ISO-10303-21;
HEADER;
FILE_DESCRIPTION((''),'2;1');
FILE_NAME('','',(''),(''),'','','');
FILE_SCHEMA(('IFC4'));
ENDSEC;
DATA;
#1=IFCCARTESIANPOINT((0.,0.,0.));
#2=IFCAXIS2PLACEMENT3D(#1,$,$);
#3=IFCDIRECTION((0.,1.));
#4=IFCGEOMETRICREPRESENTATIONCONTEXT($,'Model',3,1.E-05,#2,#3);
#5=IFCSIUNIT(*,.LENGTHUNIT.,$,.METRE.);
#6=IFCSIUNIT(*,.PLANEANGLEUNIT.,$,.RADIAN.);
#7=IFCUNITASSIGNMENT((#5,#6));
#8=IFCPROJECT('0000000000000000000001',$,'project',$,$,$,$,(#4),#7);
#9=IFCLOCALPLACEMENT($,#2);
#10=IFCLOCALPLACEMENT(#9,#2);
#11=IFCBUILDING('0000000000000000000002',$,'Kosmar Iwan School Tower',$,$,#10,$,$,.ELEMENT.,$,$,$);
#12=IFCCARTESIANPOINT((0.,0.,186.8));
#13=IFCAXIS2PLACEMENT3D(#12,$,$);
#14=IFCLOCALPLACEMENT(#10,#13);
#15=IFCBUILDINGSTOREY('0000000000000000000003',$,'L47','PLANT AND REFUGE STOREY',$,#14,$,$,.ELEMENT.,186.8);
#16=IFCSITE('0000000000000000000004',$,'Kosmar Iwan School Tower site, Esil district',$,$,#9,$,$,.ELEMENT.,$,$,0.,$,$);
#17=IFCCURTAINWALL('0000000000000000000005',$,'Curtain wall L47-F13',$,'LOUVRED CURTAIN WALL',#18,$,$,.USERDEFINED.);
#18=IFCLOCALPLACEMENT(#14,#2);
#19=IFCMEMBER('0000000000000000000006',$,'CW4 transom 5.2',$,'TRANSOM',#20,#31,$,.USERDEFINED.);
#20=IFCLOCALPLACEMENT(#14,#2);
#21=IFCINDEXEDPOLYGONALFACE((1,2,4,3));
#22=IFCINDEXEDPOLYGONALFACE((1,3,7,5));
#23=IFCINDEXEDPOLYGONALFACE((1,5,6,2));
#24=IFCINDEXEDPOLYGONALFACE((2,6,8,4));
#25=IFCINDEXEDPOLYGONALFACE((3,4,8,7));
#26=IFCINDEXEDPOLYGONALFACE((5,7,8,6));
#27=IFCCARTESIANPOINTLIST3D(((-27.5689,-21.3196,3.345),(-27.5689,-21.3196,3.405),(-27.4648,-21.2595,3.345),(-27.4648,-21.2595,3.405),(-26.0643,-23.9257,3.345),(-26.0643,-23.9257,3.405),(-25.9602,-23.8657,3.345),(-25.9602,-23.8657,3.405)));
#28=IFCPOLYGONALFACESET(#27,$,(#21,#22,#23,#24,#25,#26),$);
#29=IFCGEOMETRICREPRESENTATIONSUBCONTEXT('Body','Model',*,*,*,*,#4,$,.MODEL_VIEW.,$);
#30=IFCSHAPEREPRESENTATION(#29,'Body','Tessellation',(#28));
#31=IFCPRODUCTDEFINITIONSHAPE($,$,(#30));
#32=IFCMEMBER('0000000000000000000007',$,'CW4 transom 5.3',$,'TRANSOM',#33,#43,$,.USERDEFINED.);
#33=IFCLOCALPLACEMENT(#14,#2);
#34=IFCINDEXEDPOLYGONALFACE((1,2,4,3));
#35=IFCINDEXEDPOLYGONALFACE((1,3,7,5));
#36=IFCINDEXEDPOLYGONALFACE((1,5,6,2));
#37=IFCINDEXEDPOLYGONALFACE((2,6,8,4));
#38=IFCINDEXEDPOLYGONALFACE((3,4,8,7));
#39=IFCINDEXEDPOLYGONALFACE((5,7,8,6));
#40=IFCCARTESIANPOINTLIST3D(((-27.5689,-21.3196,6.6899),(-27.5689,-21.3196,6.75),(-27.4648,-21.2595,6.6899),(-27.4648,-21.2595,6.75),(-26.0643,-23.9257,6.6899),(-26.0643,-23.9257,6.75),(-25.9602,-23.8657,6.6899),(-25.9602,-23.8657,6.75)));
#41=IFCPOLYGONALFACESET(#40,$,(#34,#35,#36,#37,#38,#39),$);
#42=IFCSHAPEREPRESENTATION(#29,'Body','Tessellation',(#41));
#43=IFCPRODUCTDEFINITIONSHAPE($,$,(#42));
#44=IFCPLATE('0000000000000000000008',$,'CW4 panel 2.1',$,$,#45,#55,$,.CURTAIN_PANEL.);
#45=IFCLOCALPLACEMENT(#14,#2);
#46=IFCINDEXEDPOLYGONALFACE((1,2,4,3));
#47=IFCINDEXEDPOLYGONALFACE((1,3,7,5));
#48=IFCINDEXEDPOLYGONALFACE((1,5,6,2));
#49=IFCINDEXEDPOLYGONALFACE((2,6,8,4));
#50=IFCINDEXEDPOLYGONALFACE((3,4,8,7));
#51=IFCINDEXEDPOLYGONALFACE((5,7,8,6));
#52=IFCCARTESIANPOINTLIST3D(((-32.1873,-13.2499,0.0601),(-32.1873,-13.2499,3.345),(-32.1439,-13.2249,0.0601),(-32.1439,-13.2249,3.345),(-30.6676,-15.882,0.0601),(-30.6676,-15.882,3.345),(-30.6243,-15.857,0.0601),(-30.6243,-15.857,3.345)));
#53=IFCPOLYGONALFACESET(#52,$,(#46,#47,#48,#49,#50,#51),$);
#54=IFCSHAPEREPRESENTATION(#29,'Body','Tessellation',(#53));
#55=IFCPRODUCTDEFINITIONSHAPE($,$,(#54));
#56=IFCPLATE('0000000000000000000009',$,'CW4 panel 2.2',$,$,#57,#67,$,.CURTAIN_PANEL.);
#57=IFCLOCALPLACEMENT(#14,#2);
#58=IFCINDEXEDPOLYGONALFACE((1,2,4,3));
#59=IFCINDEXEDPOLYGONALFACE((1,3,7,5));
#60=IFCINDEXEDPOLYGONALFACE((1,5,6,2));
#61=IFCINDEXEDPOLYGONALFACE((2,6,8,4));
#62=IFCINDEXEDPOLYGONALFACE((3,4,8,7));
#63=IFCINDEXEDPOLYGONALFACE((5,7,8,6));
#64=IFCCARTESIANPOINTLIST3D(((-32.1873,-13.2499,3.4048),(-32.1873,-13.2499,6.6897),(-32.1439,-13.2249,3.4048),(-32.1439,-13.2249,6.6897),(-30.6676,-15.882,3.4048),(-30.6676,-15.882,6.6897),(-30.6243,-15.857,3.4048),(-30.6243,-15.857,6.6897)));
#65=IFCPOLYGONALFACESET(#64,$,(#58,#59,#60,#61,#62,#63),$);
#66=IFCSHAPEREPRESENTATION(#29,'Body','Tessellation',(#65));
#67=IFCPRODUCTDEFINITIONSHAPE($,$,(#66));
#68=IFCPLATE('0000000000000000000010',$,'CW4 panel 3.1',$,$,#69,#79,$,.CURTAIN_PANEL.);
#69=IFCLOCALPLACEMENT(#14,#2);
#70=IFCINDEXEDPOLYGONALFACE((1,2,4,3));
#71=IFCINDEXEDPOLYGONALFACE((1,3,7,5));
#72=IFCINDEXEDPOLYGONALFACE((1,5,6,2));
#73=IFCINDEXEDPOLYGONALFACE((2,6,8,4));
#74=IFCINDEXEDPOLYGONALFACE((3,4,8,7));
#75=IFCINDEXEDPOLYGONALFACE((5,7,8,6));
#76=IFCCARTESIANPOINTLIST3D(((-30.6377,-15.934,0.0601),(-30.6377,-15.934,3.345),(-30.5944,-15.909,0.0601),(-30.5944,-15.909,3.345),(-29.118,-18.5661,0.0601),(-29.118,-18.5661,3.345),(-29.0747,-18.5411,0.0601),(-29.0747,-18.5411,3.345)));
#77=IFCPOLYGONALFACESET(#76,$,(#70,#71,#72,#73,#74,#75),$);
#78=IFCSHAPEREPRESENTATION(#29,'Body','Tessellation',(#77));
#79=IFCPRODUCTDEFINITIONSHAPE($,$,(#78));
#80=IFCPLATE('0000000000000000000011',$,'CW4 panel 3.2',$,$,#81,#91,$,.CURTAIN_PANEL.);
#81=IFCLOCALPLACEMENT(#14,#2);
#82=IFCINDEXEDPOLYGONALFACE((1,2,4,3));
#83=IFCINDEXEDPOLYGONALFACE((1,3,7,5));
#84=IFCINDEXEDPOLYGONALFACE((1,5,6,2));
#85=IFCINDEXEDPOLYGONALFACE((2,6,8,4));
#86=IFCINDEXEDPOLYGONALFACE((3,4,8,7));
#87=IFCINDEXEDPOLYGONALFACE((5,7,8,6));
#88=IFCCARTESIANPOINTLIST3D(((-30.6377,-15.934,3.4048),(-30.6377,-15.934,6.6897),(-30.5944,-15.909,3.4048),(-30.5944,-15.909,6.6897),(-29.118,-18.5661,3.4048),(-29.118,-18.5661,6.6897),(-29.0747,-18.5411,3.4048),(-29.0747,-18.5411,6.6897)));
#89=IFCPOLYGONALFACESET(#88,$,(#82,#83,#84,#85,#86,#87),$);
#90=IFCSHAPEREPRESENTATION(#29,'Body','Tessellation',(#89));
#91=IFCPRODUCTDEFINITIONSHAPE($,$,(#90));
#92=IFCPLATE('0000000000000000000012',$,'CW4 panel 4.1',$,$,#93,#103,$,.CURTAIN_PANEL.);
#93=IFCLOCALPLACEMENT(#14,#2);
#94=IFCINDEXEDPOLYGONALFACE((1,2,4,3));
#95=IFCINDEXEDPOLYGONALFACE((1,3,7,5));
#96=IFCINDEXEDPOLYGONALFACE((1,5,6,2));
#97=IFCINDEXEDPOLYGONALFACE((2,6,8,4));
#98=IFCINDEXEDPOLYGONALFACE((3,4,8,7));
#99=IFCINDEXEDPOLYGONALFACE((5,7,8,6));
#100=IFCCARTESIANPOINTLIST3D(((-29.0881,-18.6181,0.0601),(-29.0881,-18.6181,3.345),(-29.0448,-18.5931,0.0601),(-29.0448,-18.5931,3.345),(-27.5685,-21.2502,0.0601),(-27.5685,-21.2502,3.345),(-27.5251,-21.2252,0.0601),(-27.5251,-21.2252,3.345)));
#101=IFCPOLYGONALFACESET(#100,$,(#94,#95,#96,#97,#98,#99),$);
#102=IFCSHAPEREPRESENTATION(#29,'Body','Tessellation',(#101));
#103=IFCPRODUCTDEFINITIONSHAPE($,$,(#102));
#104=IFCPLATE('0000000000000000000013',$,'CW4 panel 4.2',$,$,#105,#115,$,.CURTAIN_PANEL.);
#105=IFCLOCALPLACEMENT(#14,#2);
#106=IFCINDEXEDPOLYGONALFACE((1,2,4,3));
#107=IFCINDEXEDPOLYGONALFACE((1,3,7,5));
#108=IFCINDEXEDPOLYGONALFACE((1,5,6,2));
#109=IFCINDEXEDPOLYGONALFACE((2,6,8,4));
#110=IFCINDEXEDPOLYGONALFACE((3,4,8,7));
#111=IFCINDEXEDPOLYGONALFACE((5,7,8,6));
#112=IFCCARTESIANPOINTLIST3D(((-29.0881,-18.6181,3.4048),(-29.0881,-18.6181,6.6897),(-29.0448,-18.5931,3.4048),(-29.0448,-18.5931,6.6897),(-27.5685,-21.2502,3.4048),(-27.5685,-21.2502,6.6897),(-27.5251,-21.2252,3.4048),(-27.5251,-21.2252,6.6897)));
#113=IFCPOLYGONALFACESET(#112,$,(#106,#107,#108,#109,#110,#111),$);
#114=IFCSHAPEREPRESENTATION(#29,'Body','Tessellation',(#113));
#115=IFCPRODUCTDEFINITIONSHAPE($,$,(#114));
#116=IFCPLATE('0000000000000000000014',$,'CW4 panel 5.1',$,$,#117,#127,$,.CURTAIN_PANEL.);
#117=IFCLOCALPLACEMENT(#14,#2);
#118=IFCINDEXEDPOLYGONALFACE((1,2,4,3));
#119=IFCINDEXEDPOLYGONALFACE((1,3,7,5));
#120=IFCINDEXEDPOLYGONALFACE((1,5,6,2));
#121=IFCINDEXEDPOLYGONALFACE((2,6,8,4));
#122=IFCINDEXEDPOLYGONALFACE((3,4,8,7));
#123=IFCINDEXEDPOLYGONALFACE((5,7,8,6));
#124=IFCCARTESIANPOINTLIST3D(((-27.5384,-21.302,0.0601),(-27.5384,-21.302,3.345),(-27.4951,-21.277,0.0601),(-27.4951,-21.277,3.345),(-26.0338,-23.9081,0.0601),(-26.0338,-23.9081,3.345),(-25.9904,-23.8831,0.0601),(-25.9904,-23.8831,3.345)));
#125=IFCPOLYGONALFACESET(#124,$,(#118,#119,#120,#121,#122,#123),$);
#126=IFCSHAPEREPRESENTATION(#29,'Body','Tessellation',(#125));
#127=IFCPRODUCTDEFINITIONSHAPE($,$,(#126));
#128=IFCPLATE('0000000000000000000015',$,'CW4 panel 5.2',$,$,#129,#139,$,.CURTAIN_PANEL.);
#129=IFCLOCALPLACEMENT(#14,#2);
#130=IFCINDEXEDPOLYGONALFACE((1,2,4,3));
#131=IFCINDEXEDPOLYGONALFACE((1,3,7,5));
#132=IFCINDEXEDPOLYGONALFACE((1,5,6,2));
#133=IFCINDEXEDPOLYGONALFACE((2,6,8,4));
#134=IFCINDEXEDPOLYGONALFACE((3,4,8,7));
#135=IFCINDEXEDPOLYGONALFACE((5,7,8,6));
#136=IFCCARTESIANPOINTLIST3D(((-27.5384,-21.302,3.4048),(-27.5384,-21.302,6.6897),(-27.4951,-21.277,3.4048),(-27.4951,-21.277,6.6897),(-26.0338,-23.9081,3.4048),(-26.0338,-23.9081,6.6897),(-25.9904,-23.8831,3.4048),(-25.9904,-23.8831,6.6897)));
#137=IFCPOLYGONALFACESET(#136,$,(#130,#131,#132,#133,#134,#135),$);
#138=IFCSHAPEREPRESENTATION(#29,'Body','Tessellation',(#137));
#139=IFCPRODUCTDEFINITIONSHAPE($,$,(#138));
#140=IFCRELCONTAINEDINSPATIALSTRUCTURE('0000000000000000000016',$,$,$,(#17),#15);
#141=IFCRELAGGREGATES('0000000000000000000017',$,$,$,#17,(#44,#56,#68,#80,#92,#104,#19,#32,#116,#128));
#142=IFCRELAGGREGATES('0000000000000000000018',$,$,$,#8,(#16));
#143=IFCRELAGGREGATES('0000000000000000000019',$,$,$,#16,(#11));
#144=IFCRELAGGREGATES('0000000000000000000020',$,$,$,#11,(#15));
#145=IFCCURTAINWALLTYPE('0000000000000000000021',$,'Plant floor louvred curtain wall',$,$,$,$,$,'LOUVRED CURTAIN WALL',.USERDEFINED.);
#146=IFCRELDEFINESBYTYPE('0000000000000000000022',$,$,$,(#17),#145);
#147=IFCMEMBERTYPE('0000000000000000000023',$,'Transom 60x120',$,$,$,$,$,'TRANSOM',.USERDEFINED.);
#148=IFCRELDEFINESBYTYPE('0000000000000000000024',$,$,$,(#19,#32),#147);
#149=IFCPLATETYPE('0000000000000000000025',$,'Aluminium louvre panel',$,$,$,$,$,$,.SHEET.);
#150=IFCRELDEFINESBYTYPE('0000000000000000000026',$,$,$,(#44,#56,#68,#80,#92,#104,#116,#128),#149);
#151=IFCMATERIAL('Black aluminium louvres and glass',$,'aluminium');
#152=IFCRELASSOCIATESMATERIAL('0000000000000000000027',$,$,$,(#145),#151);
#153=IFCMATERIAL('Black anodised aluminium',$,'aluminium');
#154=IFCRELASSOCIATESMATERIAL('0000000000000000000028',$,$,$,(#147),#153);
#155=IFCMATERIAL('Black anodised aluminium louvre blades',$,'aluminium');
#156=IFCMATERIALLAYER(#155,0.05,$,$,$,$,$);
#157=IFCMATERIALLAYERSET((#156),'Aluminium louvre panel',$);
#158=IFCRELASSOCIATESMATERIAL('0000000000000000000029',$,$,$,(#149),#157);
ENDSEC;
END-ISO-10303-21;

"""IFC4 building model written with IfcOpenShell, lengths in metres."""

from ifc_helpers import new_model, si_unit, direction, frame, origin, origin_2d, place, context, subcontext, project, spatial, rectangle, extrude, material, layer, layer_set, material_profile, profile_set, type_object, element, aggregate, save


model = new_model("IFC4")

# Units and contexts
model_context = context("Model", 3, precision=1e-05, world=origin(), true_north=direction((0.0, 1.0)))
body_context = subcontext(model_context, "Body", "Model", "MODEL_VIEW")
ifc_project = project(units=[si_unit("LENGTHUNIT", "METRE"), si_unit("PLANEANGLEUNIT", "RADIAN")], contexts=[model_context])

# Site, building, storey
site_placement = place(None, origin())
site = spatial("IfcSite", under=ifc_project, at=site_placement, Name="Kosmar Iwan School Tower site, Esil district", CompositionType="ELEMENT", RefElevation=0.0)
building_placement = place(site_placement, origin())
building = spatial("IfcBuilding", under=site, at=building_placement, Name="Kosmar Iwan School Tower", CompositionType="ELEMENT")
storey_placement = place(building_placement, frame((0.0, 0.0, 186.8)))
storey = spatial("IfcBuildingStorey", under=building, at=storey_placement, Name="L47", Description="PLANT AND REFUGE STOREY", CompositionType="ELEMENT", Elevation=186.8)

# Curtain wall
ifc_material_1 = material(Name="Black aluminium louvres and glass", Category="aluminium")
curtain_wall_type_1 = type_object("IfcCurtainWallType", Name="Plant floor louvred curtain wall", ElementType="LOUVRED CURTAIN WALL", PredefinedType="USERDEFINED", material=ifc_material_1)
curtain_wall_1_placement = place(storey_placement, origin())
curtain_wall_1 = element("IfcCurtainWall", 1, at=curtain_wall_1_placement, inside=storey, type_object=curtain_wall_type_1, Name="Curtain wall L47-F13", ObjectType="LOUVRED CURTAIN WALL", PredefinedType="USERDEFINED")

# Members
ifc_material_2 = material(Name="Black anodised aluminium", Category="aluminium")
ifc_material_profile_1 = material_profile(ifc_material_2, rectangle(XDim=0.1201, YDim=0.0601, at=origin_2d()), Name="TRANSOM 60x120")
ifc_profile_set_1 = profile_set([ifc_material_profile_1], Name="Black anodised aluminium")
member_type_1 = type_object("IfcMemberType", Name="Transom 60x120", ElementType="TRANSOM", PredefinedType="USERDEFINED", material=ifc_profile_set_1)
member_1_placement = place(storey_placement, frame((-27.5168, -21.2896, 3.375), z_axis=(0.499987, -0.866033, 0.0), x_axis=(0.866033, 0.499987, 0.0)))
member_1 = element("IfcMember", 2, at=member_1_placement, type_object=member_type_1, Name="CW4 transom 5.2", ObjectType="TRANSOM", PredefinedType="USERDEFINED", context=body_context, shape_type="SweptSolid", body=[
    extrude(rectangle(XDim=0.1201, YDim=0.0601, at=origin_2d()), origin(), (0.0, 0.0, 1.0), 3.0093),
])
member_2_placement = place(storey_placement, frame((-27.5168, -21.2896, 6.72), z_axis=(0.499987, -0.866033, 0.0), x_axis=(0.866033, 0.499987, 0.0)))
member_2 = element("IfcMember", 3, at=member_2_placement, type_object=member_type_1, Name="CW4 transom 5.3", ObjectType="TRANSOM", PredefinedType="USERDEFINED", context=body_context, shape_type="SweptSolid", body=[
    extrude(rectangle(XDim=0.1201, YDim=0.0601, at=origin_2d()), origin(), (0.0, 0.0, 1.0), 3.0093),
])

# Plates
ifc_material_3 = material(Name="Black anodised aluminium louvre blades", Category="aluminium")
ifc_layer = layer(ifc_material_3, 0.05)
ifc_layer_set = layer_set([ifc_layer], Name="Aluminium louvre panel")
plate_type = type_object("IfcPlateType", Name="Aluminium louvre panel", PredefinedType="SHEET", material=ifc_layer_set)
plate_1_placement = place(storey_placement, frame((-31.4058, -14.5535, 0.0601), z_axis=(0.0, 0.0, 1.0), x_axis=(0.5, -0.866025, 0.0)))
plate_1 = element("IfcPlate", 4, at=plate_1_placement, type_object=plate_type, Name="CW4 panel 2.1", PredefinedType="CURTAIN_PANEL", context=body_context, shape_type="SweptSolid", body=[
    extrude(rectangle(XDim=3.0393, YDim=0.05, at=origin_2d()), origin(), (0.0, 0.0, 1.0), 3.2849),
])
plate_2_placement = place(storey_placement, frame((-31.4058, -14.5535, 3.4048), z_axis=(0.0, 0.0, 1.0), x_axis=(0.5, -0.866025, 0.0)))
plate_2 = element("IfcPlate", 5, at=plate_2_placement, type_object=plate_type, Name="CW4 panel 2.2", PredefinedType="CURTAIN_PANEL", context=body_context, shape_type="SweptSolid", body=[
    extrude(rectangle(XDim=3.0393, YDim=0.05, at=origin_2d()), origin(), (0.0, 0.0, 1.0), 3.2849),
])
plate_3_placement = place(storey_placement, frame((-29.8562, -17.2375, 0.0601), z_axis=(0.0, 0.0, 1.0), x_axis=(0.5, -0.866025, 0.0)))
plate_3 = element("IfcPlate", 6, at=plate_3_placement, type_object=plate_type, Name="CW4 panel 3.1", PredefinedType="CURTAIN_PANEL", context=body_context, shape_type="SweptSolid", body=[
    extrude(rectangle(XDim=3.0393, YDim=0.05, at=origin_2d()), origin(), (0.0, 0.0, 1.0), 3.2849),
])
plate_4_placement = place(storey_placement, frame((-29.8562, -17.2375, 3.4048), z_axis=(0.0, 0.0, 1.0), x_axis=(0.5, -0.866025, 0.0)))
plate_4 = element("IfcPlate", 7, at=plate_4_placement, type_object=plate_type, Name="CW4 panel 3.2", PredefinedType="CURTAIN_PANEL", context=body_context, shape_type="SweptSolid", body=[
    extrude(rectangle(XDim=3.0393, YDim=0.05, at=origin_2d()), origin(), (0.0, 0.0, 1.0), 3.2849),
])
plate_5_placement = place(storey_placement, frame((-28.3066, -19.9216, 0.0601), z_axis=(0.0, 0.0, 1.0), x_axis=(0.5, -0.866025, 0.0)))
plate_5 = element("IfcPlate", 8, at=plate_5_placement, type_object=plate_type, Name="CW4 panel 4.1", PredefinedType="CURTAIN_PANEL", context=body_context, shape_type="SweptSolid", body=[
    extrude(rectangle(XDim=3.0393, YDim=0.05, at=origin_2d()), origin(), (0.0, 0.0, 1.0), 3.2849),
])
plate_6_placement = place(storey_placement, frame((-28.3066, -19.9216, 3.4048), z_axis=(0.0, 0.0, 1.0), x_axis=(0.5, -0.866025, 0.0)))
plate_6 = element("IfcPlate", 9, at=plate_6_placement, type_object=plate_type, Name="CW4 panel 4.2", PredefinedType="CURTAIN_PANEL", context=body_context, shape_type="SweptSolid", body=[
    extrude(rectangle(XDim=3.0393, YDim=0.05, at=origin_2d()), origin(), (0.0, 0.0, 1.0), 3.2849),
])
plate_7_placement = place(storey_placement, frame((-26.7644, -22.5925, 0.0601), z_axis=(0.0, 0.0, 1.0), x_axis=(0.5, -0.866025, 0.0)))
plate_7 = element("IfcPlate", 10, at=plate_7_placement, type_object=plate_type, Name="CW4 panel 5.1", PredefinedType="CURTAIN_PANEL", context=body_context, shape_type="SweptSolid", body=[
    extrude(rectangle(XDim=3.0093, YDim=0.05, at=origin_2d()), origin(), (0.0, 0.0, 1.0), 3.2849),
])
plate_8_placement = place(storey_placement, frame((-26.7644, -22.5925, 3.4048), z_axis=(0.0, 0.0, 1.0), x_axis=(0.5, -0.866025, 0.0)))
plate_8 = element("IfcPlate", 11, at=plate_8_placement, type_object=plate_type, Name="CW4 panel 5.2", PredefinedType="CURTAIN_PANEL", context=body_context, shape_type="SweptSolid", body=[
    extrude(rectangle(XDim=3.0093, YDim=0.05, at=origin_2d()), origin(), (0.0, 0.0, 1.0), 3.2849),
])
aggregate(curtain_wall_1, [plate_1, plate_2, plate_3, plate_4, plate_5, plate_6, member_1, member_2, plate_7, plate_8])

save(model, "model.ifc")
